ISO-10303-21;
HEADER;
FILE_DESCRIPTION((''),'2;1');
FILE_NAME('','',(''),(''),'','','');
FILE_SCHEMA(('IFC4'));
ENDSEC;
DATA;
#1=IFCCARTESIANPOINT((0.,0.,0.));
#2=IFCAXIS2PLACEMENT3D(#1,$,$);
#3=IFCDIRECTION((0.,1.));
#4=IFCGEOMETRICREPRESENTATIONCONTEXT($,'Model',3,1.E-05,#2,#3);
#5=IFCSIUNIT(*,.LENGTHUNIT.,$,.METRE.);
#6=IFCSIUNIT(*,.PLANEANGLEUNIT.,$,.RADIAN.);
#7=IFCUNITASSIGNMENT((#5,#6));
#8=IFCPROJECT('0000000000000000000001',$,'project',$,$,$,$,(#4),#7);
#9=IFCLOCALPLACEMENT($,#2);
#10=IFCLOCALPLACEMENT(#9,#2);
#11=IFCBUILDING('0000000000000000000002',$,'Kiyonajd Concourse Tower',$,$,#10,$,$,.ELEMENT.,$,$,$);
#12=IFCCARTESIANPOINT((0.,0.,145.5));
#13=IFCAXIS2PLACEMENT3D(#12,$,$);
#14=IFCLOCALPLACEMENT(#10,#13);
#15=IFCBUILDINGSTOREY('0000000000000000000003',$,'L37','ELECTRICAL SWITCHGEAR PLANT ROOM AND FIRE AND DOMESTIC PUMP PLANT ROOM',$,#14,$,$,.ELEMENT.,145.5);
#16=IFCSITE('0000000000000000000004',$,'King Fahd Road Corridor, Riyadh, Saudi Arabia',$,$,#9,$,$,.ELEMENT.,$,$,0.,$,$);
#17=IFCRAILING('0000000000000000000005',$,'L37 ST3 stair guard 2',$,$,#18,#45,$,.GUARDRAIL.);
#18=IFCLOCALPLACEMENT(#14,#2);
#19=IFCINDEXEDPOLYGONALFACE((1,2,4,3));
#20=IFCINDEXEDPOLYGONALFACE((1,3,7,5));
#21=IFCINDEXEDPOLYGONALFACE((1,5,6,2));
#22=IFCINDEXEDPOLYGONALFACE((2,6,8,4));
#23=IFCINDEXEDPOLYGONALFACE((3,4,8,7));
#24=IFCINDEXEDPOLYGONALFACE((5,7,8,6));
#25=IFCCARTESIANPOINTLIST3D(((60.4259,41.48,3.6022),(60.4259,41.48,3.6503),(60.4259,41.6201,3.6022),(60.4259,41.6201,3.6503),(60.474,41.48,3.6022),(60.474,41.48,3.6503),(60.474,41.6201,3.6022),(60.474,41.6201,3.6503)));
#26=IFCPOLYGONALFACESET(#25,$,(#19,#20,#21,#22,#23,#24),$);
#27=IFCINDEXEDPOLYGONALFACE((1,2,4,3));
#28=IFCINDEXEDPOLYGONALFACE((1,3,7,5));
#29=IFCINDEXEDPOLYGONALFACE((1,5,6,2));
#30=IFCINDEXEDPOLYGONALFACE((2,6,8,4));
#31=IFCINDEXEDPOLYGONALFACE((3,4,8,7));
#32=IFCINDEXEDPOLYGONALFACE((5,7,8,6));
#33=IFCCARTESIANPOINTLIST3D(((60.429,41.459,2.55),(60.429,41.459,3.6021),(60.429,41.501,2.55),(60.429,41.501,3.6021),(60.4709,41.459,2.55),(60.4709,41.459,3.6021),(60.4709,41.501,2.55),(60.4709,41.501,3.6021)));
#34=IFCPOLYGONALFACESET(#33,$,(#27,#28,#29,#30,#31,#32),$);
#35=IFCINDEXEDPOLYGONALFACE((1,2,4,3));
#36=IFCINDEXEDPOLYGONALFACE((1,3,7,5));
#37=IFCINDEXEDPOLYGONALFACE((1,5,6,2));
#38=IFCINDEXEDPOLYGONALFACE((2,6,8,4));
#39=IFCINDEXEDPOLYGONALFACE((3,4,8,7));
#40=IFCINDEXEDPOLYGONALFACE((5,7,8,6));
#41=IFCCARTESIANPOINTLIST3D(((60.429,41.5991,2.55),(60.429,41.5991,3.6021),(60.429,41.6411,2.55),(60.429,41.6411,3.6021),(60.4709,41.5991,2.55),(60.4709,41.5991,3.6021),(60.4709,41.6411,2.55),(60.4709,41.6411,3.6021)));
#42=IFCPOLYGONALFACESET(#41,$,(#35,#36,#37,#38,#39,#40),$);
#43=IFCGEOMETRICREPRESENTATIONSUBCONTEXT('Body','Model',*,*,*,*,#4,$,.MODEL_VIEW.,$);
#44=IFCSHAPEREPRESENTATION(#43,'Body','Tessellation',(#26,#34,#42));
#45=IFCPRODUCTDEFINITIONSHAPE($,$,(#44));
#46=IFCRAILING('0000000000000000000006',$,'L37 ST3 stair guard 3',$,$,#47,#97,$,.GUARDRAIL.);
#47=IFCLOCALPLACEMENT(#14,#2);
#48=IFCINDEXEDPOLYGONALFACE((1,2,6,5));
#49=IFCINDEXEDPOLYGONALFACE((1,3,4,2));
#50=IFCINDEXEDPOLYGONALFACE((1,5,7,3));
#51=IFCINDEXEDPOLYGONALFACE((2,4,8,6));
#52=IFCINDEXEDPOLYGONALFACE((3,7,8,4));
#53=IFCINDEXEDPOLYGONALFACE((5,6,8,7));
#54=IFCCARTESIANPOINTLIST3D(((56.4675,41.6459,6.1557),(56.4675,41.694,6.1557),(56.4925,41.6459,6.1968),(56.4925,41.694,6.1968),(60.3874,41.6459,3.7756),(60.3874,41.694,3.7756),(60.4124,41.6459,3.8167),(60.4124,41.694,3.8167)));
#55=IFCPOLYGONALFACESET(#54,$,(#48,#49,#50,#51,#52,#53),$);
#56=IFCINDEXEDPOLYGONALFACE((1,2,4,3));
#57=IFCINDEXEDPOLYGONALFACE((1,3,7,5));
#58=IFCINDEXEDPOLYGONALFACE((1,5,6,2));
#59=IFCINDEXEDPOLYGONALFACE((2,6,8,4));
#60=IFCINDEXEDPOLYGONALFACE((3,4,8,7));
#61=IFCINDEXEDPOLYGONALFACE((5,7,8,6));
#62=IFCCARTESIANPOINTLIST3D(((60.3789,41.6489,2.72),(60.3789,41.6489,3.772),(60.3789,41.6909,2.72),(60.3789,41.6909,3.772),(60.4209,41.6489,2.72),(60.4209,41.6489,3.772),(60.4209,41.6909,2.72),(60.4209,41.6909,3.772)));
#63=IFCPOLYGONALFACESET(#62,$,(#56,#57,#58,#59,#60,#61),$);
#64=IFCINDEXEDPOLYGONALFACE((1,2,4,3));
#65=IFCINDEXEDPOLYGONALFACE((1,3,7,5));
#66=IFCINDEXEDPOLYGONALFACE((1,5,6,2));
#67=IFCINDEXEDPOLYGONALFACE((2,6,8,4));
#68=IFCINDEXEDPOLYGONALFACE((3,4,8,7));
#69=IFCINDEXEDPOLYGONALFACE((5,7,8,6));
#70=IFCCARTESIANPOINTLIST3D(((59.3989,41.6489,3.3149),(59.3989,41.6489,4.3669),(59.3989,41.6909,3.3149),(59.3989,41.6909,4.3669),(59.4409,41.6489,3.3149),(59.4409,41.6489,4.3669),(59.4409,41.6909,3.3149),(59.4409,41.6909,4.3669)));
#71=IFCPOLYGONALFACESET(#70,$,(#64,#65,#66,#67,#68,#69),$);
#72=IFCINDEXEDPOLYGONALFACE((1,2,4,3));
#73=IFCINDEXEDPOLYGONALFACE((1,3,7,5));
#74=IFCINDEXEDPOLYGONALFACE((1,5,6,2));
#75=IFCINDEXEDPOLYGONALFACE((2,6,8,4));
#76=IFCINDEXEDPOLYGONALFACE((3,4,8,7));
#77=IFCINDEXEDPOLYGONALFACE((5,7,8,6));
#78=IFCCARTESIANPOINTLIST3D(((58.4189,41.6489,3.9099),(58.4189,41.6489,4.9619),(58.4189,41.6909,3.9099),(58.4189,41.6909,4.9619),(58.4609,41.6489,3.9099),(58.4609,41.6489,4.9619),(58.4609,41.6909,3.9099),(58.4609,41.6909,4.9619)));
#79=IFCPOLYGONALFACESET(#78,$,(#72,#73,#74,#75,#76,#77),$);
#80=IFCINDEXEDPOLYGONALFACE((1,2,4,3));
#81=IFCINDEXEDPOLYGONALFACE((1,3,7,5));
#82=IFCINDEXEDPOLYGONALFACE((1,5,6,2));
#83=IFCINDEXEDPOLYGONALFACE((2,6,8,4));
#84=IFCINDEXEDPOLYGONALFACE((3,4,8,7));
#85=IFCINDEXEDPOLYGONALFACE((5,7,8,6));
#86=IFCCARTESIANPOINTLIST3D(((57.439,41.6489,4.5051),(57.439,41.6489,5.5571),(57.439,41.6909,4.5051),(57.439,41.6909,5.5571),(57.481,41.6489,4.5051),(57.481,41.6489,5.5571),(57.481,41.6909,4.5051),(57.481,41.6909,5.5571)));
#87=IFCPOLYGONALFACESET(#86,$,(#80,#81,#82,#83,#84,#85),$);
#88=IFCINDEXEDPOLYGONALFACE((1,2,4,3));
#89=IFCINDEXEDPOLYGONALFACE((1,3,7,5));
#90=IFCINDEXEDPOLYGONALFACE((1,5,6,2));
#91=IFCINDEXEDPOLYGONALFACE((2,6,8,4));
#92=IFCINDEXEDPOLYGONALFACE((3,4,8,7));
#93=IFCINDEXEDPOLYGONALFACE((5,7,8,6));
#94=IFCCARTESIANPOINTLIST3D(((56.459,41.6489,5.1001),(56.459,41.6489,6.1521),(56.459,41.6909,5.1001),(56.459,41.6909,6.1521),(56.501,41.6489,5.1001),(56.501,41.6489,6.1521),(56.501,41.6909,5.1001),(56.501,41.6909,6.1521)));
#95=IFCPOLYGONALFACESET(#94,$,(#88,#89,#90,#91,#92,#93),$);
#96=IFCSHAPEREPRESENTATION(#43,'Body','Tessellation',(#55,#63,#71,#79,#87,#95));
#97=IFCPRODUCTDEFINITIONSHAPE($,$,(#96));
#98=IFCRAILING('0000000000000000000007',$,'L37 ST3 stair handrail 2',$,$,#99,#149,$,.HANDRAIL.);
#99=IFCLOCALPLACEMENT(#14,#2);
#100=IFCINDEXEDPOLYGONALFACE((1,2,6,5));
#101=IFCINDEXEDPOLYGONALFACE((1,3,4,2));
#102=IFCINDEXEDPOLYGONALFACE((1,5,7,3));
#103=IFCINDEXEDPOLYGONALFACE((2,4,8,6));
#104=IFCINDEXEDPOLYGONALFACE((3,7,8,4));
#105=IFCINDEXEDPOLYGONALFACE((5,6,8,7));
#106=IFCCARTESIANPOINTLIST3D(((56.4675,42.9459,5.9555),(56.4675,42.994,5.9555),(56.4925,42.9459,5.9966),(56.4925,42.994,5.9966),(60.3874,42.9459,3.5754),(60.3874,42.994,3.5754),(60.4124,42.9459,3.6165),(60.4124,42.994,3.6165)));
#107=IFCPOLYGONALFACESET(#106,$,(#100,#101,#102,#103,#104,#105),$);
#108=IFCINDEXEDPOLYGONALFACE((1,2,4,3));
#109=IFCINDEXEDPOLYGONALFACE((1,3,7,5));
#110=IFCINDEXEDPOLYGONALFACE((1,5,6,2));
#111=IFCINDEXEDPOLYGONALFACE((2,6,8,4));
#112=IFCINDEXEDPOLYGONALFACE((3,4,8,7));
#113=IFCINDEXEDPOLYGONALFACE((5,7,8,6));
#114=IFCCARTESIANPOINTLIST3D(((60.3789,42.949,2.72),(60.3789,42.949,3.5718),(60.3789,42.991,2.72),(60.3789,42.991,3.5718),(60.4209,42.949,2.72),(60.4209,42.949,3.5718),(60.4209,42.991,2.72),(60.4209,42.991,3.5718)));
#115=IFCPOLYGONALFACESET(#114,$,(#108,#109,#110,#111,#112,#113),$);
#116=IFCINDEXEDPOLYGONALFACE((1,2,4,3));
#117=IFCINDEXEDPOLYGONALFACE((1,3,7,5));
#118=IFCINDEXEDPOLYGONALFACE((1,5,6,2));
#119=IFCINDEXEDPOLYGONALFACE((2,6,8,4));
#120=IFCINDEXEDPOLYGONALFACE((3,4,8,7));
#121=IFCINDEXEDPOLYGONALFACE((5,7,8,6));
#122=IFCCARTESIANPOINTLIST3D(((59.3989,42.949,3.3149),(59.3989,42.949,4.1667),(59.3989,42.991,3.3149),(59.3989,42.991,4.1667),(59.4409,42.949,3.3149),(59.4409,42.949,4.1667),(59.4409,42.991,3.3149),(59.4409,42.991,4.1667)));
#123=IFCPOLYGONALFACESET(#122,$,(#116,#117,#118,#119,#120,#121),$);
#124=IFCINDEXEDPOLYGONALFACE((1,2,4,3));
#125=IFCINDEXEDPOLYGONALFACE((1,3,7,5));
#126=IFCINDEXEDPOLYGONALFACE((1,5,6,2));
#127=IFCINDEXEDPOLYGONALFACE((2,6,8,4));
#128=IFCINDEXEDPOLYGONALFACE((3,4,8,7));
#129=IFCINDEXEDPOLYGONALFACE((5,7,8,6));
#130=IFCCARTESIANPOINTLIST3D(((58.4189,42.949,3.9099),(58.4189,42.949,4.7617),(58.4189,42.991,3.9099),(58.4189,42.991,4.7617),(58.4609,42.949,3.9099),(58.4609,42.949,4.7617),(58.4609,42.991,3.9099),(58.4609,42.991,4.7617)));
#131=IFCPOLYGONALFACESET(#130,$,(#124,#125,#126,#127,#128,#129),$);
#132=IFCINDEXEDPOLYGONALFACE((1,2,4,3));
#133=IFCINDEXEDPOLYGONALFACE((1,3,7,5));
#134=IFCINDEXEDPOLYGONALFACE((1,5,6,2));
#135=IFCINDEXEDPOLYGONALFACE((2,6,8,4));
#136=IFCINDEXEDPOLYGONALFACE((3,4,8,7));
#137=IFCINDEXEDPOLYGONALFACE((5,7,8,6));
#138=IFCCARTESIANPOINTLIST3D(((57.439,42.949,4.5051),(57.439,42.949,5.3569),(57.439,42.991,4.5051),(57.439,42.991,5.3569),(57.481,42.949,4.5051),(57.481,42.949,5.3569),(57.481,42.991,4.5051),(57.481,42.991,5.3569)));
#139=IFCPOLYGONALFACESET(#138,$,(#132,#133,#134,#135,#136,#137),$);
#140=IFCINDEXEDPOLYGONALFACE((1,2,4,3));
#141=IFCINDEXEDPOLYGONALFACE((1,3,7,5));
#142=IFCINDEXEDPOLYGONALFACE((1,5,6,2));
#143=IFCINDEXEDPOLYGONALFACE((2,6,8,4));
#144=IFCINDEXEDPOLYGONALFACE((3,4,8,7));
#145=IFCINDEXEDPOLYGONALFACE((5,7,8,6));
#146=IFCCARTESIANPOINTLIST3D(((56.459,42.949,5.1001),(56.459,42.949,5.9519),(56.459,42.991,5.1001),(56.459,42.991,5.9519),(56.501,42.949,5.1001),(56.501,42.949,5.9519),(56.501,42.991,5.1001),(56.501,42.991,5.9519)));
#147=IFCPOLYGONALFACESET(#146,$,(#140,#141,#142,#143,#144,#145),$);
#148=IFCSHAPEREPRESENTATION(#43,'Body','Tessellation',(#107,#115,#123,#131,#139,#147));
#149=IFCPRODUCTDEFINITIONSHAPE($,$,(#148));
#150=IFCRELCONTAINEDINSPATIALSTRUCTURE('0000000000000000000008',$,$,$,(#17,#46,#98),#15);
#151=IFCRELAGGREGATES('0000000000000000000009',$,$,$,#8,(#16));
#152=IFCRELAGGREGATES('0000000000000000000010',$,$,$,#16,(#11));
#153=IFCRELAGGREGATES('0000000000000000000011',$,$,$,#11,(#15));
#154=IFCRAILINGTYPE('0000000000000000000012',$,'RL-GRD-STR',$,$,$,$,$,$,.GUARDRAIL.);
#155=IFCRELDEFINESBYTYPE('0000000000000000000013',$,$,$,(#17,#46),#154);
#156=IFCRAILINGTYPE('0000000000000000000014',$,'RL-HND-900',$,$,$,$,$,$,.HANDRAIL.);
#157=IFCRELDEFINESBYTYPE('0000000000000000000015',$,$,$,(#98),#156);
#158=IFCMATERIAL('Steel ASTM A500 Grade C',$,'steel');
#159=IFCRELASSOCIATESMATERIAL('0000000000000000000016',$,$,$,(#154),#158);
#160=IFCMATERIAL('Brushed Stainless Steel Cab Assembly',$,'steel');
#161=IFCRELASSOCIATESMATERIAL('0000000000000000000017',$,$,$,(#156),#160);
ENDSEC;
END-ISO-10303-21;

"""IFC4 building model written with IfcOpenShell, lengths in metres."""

from ifc_helpers import new_model, si_unit, direction, frame, origin, origin_2d, place, context, subcontext, project, spatial, rectangle, extrude, material, type_object, element, save


model = new_model("IFC4")

# Units and contexts
model_context = context("Model", 3, precision=1e-05, world=origin(), true_north=direction((0.0, 1.0)))
body_context = subcontext(model_context, "Body", "Model", "MODEL_VIEW")
ifc_project = project(units=[si_unit("LENGTHUNIT", "METRE"), si_unit("PLANEANGLEUNIT", "RADIAN")], contexts=[model_context])

# Site, building, storey
site_placement = place(None, origin())
site = spatial("IfcSite", under=ifc_project, at=site_placement, Name="King Fahd Road Corridor, Riyadh, Saudi Arabia", CompositionType="ELEMENT", RefElevation=0.0)
building_placement = place(site_placement, origin())
building = spatial("IfcBuilding", under=site, at=building_placement, Name="Kiyonajd Concourse Tower", CompositionType="ELEMENT")
storey_placement = place(building_placement, frame((0.0, 0.0, 145.5)))
storey = spatial("IfcBuildingStorey", under=building, at=storey_placement, Name="L37", Description="ELECTRICAL SWITCHGEAR PLANT ROOM AND FIRE AND DOMESTIC PUMP PLANT ROOM", CompositionType="ELEMENT", Elevation=145.5)

# Shared definitions
ifc_material_1 = material(Name="Steel ASTM A500 Grade C", Category="steel")

# Railings
railing_type_1 = type_object("IfcRailingType", Name="RL-GRD-STR", PredefinedType="GUARDRAIL", material=ifc_material_1)
railing_1_placement = place(storey_placement, frame((60.45, 41.48, 2.55)))
element("IfcRailing", 1, at=railing_1_placement, inside=storey, type_object=railing_type_1, Name="L37 ST3 stair guard 2", PredefinedType="GUARDRAIL", context=body_context, shape_type="SweptSolid", body=[
    extrude(rectangle(XDim=0.0481, YDim=0.0481, at=origin_2d()), frame((0.0, 0.0, 1.0762), z_axis=(0.0, 1.0, 0.0), x_axis=(-1.0, 0.0, 0.0)), (0.0, 0.0, 1.0), 0.1401),
    extrude(rectangle(XDim=0.042, YDim=0.042, at=origin_2d()), origin(), (0.0, 0.0, 1.0), 1.052),
    extrude(rectangle(XDim=0.042, YDim=0.042, at=origin_2d()), frame((0.0, 0.1401, 0.0)), (0.0, 0.0, 1.0), 1.052),
])
railing_2_placement = place(storey_placement, frame((60.3999, 41.6699, 2.72)))
element("IfcRailing", 2, at=railing_2_placement, inside=storey, type_object=railing_type_1, Name="L37 ST3 stair guard 3", PredefinedType="GUARDRAIL", context=body_context, shape_type="SweptSolid", body=[
    extrude(rectangle(XDim=0.0481, YDim=0.0481, at=origin_2d()), frame((0.0, 0.0, 1.0762), z_axis=(-0.854771, 0.0, 0.519006), x_axis=(0.0, -1.0, 0.0)), (0.0, 0.0, 1.0), 4.5859),
    extrude(rectangle(XDim=0.042, YDim=0.042, at=origin_2d()), origin(), (0.0, 0.0, 1.0), 1.052),
    extrude(rectangle(XDim=0.042, YDim=0.042, at=origin_2d()), frame((-0.98, 0.0, 0.595)), (0.0, 0.0, 1.0), 1.052),
    extrude(rectangle(XDim=0.042, YDim=0.042, at=origin_2d()), frame((-1.96, 0.0, 1.1899)), (0.0, 0.0, 1.0), 1.052),
    extrude(rectangle(XDim=0.042, YDim=0.042, at=origin_2d()), frame((-2.9399, 0.0, 1.7852)), (0.0, 0.0, 1.0), 1.052),
    extrude(rectangle(XDim=0.042, YDim=0.042, at=origin_2d()), frame((-3.9199, 0.0, 2.3801)), (0.0, 0.0, 1.0), 1.052),
])
ifc_material_2 = material(Name="Brushed Stainless Steel Cab Assembly", Category="steel")
railing_type_2 = type_object("IfcRailingType", Name="RL-HND-900", PredefinedType="HANDRAIL", material=ifc_material_2)
railing_3_placement = place(storey_placement, frame((60.3999, 42.97, 2.72)))
element("IfcRailing", 3, at=railing_3_placement, inside=storey, type_object=railing_type_2, Name="L37 ST3 stair handrail 2", PredefinedType="HANDRAIL", context=body_context, shape_type="SweptSolid", body=[
    extrude(rectangle(XDim=0.0481, YDim=0.0481, at=origin_2d()), frame((0.0, 0.0, 0.876), z_axis=(-0.854771, 0.0, 0.519006), x_axis=(0.0, -1.0, 0.0)), (0.0, 0.0, 1.0), 4.5859),
    extrude(rectangle(XDim=0.042, YDim=0.042, at=origin_2d()), origin(), (0.0, 0.0, 1.0), 0.8518),
    extrude(rectangle(XDim=0.042, YDim=0.042, at=origin_2d()), frame((-0.98, 0.0, 0.595)), (0.0, 0.0, 1.0), 0.8518),
    extrude(rectangle(XDim=0.042, YDim=0.042, at=origin_2d()), frame((-1.96, 0.0, 1.1899)), (0.0, 0.0, 1.0), 0.8518),
    extrude(rectangle(XDim=0.042, YDim=0.042, at=origin_2d()), frame((-2.9399, 0.0, 1.7852)), (0.0, 0.0, 1.0), 0.8518),
    extrude(rectangle(XDim=0.042, YDim=0.042, at=origin_2d()), frame((-3.9199, 0.0, 2.3801)), (0.0, 0.0, 1.0), 0.8518),
])

save(model, "model.ifc")
